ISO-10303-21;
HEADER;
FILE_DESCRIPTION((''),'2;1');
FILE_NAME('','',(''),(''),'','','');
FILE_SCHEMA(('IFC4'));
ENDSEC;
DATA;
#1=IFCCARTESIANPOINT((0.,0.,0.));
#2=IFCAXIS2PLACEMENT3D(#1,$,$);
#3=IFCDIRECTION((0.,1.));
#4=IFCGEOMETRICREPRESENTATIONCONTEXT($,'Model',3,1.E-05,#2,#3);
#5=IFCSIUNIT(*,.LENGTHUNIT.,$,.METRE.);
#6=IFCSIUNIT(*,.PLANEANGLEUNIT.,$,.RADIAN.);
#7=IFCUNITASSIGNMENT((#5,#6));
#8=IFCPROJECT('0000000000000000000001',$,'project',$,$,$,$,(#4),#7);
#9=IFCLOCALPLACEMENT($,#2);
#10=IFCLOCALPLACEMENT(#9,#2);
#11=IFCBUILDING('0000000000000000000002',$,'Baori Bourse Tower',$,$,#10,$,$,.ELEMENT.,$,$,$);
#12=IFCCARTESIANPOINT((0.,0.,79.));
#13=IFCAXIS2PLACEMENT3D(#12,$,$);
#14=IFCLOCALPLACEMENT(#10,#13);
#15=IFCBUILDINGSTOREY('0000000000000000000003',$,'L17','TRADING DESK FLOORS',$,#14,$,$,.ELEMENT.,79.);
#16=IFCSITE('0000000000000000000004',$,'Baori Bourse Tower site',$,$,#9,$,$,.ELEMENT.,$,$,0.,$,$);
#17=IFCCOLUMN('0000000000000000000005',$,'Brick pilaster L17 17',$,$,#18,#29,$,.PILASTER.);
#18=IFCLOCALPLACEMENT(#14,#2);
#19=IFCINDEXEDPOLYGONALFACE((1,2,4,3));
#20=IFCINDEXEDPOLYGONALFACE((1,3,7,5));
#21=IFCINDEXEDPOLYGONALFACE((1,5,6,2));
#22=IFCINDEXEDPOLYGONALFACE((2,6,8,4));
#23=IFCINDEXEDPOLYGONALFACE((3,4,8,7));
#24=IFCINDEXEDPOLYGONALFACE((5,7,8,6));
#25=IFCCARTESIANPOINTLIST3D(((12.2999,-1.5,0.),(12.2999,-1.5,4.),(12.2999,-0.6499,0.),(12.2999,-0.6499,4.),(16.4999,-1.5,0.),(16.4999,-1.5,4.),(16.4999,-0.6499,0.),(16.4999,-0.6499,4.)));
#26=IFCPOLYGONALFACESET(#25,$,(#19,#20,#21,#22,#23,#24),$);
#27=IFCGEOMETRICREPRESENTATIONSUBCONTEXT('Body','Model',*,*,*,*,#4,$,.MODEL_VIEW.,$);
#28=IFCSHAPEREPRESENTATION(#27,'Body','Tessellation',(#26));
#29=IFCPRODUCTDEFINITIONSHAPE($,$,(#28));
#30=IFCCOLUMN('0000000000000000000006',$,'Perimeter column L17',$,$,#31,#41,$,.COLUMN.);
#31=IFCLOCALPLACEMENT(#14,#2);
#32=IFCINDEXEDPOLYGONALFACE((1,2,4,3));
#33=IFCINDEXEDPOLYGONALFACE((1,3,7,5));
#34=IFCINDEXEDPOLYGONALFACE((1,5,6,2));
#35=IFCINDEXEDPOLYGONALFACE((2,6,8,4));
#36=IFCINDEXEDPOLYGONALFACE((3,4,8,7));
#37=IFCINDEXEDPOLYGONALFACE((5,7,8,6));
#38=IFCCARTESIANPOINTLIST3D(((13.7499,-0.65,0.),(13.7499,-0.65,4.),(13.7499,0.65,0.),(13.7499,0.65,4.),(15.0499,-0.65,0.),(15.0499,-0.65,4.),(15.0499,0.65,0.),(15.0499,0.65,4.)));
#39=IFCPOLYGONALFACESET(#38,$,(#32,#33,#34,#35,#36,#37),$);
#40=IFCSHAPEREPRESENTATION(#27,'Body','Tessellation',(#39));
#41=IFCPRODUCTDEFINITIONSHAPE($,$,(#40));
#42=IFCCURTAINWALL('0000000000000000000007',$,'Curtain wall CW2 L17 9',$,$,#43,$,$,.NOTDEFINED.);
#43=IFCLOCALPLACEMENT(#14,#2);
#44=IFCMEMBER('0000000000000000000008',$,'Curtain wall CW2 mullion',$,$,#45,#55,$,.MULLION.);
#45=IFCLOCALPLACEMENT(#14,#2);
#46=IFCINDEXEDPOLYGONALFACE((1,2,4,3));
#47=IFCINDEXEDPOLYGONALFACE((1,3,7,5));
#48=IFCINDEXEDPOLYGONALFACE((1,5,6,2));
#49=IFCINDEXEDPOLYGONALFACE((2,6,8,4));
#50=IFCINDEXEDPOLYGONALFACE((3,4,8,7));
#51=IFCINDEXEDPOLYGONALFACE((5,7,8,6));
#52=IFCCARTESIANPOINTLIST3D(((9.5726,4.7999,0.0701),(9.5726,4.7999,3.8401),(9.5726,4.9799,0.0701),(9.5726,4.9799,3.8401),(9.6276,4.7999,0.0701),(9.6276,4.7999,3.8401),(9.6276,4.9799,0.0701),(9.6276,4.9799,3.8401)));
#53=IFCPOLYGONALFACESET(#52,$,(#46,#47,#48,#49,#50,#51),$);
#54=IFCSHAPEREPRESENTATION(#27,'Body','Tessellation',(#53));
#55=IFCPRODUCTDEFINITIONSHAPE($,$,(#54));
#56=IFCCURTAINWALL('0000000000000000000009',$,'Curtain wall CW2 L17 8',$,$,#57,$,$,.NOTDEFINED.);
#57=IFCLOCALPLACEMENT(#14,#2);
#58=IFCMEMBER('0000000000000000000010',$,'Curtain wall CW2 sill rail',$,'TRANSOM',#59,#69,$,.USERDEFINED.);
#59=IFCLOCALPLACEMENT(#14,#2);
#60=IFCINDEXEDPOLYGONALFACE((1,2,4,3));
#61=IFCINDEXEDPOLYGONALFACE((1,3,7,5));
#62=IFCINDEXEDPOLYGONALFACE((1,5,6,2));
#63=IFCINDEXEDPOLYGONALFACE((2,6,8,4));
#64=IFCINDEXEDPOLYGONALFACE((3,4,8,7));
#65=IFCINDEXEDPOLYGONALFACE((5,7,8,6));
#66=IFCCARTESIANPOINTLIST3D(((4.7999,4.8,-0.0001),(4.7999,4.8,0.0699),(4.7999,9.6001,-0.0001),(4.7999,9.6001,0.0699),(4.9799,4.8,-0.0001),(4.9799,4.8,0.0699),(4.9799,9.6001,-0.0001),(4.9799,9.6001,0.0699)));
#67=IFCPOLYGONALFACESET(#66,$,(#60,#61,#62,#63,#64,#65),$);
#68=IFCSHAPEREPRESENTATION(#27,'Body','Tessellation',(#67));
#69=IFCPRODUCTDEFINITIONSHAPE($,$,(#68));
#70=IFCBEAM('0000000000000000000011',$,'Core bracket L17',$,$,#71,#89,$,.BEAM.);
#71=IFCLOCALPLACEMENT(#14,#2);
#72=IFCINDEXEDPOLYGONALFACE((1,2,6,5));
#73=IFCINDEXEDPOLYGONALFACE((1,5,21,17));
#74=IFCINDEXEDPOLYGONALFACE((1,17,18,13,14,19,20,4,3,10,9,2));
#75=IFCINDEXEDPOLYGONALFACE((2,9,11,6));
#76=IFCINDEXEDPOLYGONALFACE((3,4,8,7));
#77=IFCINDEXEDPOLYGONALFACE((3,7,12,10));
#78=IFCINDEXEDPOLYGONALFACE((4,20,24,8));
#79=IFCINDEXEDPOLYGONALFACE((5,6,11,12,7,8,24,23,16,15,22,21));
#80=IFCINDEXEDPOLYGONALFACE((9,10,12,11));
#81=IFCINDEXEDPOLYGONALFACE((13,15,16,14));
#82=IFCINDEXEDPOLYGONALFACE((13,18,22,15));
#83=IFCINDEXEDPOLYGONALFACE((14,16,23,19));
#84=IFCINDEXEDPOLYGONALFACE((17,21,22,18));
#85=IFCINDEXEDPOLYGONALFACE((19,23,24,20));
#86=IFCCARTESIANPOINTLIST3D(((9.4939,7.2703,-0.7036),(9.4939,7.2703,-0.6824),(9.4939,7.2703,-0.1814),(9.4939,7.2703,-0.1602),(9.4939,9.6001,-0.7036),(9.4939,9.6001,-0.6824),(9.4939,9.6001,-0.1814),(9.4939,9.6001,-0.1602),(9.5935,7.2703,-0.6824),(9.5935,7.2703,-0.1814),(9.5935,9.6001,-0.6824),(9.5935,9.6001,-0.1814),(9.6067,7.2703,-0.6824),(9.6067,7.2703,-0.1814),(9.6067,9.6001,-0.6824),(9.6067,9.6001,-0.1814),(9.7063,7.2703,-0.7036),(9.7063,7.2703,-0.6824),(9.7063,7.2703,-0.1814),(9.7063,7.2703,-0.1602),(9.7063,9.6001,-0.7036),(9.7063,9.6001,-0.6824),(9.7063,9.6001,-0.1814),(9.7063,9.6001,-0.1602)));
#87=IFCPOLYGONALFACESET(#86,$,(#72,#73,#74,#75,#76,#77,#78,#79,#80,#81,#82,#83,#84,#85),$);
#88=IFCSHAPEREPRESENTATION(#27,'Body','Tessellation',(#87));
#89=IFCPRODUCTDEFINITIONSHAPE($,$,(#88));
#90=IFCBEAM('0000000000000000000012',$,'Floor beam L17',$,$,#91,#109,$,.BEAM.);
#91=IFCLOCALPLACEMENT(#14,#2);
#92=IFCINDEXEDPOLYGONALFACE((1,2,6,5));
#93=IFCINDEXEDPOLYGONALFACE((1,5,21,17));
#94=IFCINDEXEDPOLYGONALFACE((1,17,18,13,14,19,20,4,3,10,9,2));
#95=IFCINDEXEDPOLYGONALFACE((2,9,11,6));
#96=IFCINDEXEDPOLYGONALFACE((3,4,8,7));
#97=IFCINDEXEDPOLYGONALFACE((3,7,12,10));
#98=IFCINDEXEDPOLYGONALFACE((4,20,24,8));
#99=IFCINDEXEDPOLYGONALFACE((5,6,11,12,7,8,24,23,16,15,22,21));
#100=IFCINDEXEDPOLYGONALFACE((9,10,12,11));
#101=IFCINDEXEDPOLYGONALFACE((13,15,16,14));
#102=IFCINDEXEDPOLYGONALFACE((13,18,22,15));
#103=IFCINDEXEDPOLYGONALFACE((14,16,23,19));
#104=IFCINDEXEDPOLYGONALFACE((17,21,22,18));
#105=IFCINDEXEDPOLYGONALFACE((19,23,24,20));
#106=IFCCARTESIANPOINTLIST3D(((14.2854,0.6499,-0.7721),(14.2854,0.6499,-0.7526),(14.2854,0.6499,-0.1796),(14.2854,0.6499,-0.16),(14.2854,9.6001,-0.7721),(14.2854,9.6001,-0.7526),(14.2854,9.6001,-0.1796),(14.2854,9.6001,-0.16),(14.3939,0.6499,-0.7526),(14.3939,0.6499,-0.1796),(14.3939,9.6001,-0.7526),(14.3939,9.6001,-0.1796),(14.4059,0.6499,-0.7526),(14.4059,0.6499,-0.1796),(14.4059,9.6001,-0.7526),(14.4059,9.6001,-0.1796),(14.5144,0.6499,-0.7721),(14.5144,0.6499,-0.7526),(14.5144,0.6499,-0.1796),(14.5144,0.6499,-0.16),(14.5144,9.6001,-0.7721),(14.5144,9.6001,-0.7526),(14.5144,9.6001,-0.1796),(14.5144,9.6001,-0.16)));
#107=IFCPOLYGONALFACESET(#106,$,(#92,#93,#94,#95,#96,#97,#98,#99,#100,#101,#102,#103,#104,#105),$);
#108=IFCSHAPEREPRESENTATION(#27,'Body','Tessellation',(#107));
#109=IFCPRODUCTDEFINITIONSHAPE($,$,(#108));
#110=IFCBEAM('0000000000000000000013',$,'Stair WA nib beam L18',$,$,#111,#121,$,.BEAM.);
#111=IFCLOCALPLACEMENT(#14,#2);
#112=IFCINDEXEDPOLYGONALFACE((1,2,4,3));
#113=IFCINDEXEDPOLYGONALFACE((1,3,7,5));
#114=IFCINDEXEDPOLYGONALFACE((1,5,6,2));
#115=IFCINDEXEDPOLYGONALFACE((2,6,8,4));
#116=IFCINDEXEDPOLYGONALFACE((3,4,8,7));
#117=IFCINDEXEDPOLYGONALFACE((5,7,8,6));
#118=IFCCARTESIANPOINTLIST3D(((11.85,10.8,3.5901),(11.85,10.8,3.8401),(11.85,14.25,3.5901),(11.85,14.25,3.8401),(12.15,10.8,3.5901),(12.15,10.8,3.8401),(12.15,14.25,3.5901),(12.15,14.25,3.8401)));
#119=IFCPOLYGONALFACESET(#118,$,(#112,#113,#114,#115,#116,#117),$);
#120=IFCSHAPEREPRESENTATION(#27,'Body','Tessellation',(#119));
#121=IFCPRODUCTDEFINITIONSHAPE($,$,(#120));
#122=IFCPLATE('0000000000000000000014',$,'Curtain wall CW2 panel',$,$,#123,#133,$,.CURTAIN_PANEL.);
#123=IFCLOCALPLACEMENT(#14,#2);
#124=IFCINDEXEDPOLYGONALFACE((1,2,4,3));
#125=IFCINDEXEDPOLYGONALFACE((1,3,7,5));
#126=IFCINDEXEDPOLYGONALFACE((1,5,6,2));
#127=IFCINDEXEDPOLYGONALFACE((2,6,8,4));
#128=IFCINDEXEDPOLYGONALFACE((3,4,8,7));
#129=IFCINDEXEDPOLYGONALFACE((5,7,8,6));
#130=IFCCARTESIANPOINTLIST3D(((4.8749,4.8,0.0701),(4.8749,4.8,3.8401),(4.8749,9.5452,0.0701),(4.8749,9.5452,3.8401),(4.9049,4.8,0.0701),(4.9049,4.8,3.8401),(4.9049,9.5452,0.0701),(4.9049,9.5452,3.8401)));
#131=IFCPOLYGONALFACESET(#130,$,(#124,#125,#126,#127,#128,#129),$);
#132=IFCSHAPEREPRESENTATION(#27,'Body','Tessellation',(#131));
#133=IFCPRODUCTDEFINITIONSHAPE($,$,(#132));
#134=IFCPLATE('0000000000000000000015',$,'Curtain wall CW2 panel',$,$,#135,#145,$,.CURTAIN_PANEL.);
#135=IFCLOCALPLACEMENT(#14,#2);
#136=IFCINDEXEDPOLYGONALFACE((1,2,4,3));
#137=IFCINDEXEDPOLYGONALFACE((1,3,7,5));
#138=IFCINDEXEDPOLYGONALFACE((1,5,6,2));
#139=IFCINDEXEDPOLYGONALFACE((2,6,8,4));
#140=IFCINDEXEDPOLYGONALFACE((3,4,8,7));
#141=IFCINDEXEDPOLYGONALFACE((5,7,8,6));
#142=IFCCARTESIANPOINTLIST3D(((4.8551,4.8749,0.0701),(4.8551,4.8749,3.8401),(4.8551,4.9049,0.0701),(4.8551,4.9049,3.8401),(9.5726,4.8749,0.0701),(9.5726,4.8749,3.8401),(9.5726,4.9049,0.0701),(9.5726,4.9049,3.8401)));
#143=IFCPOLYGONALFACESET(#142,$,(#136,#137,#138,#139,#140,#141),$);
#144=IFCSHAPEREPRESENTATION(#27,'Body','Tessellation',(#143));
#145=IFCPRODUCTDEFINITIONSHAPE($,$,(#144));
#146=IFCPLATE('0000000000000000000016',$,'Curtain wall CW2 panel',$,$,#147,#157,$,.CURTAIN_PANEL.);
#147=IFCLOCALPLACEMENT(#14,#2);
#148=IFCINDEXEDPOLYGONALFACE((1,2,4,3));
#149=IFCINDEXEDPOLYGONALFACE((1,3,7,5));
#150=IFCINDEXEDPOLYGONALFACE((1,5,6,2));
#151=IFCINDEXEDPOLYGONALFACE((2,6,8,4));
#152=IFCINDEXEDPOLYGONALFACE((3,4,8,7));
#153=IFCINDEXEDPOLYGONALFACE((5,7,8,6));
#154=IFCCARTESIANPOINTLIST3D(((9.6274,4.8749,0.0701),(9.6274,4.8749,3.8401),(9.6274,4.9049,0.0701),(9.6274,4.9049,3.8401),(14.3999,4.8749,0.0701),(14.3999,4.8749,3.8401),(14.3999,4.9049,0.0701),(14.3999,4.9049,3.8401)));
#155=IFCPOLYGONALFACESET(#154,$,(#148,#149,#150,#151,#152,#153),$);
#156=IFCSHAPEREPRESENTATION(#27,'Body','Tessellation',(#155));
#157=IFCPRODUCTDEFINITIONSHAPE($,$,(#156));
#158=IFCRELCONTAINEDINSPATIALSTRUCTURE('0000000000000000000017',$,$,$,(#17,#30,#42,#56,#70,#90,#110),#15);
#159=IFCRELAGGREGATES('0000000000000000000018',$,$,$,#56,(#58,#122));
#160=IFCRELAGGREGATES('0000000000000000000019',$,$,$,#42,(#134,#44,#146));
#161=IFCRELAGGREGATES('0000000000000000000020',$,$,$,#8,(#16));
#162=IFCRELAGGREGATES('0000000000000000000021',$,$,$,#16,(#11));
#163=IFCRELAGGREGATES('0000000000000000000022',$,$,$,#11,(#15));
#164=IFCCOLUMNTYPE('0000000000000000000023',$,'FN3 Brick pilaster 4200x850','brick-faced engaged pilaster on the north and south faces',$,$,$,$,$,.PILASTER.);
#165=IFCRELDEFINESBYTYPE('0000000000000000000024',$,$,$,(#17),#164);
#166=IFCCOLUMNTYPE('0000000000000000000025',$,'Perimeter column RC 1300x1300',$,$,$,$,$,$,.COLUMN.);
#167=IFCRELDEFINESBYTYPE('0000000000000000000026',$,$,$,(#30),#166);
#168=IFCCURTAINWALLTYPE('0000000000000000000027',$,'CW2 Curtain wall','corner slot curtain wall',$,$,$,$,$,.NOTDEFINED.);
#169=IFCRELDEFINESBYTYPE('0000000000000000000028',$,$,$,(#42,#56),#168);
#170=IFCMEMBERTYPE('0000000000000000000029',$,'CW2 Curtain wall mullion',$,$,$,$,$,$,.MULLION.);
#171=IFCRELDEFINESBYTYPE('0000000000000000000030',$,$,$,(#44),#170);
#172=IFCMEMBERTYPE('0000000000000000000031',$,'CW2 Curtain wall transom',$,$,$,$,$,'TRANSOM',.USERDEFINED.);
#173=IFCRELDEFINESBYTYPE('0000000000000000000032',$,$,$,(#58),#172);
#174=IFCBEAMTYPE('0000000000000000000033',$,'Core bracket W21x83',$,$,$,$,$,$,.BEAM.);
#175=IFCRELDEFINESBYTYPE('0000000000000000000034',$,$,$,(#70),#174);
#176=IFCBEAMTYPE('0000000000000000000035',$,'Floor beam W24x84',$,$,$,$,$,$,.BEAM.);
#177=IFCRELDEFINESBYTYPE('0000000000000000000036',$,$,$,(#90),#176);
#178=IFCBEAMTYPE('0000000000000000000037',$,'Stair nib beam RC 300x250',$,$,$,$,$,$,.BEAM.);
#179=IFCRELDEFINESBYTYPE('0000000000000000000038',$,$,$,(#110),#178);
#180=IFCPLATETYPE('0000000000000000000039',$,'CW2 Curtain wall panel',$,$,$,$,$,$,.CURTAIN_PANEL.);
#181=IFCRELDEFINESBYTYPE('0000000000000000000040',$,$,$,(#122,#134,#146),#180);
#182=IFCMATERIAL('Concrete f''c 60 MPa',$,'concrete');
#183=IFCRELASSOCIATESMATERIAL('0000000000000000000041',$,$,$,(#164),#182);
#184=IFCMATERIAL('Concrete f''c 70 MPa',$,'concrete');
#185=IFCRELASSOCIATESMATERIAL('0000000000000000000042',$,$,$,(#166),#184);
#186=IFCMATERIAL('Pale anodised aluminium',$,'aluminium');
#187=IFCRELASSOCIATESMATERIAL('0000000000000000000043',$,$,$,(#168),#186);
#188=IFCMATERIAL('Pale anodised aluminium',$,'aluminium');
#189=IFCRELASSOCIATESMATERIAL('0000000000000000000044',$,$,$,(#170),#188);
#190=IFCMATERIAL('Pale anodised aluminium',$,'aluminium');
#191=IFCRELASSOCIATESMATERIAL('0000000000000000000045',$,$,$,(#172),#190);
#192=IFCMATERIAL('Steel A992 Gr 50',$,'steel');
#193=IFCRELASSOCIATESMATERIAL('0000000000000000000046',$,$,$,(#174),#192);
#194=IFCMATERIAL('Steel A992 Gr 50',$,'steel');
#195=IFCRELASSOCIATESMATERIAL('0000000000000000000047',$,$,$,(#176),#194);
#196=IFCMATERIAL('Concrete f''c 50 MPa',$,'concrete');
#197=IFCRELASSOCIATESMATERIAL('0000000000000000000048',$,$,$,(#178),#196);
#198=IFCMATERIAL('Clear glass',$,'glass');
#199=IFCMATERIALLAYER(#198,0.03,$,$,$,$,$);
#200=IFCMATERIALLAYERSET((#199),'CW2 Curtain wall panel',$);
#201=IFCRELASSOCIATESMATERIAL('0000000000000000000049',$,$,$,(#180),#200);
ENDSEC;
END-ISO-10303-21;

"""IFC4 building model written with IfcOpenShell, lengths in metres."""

from ifc_helpers import new_model, si_unit, direction, frame, origin, origin_2d, place, context, subcontext, project, spatial, rectangle, i_section, extrude, material, layer, layer_set, material_profile, profile_set, type_object, element, aggregate, save


model = new_model("IFC4")

# Units and contexts
model_context = context("Model", 3, precision=1e-05, world=origin(), true_north=direction((0.0, 1.0)))
body_context = subcontext(model_context, "Body", "Model", "MODEL_VIEW")
ifc_project = project(units=[si_unit("LENGTHUNIT", "METRE"), si_unit("PLANEANGLEUNIT", "RADIAN")], contexts=[model_context])

# Site, building, storey
site_placement = place(None, origin())
site = spatial("IfcSite", under=ifc_project, at=site_placement, Name="Baori Bourse Tower site", CompositionType="ELEMENT", RefElevation=0.0)
building_placement = place(site_placement, origin())
building = spatial("IfcBuilding", under=site, at=building_placement, Name="Baori Bourse Tower", CompositionType="ELEMENT")
storey_placement = place(building_placement, frame((0.0, 0.0, 79.0)))
storey = spatial("IfcBuildingStorey", under=building, at=storey_placement, Name="L17", Description="TRADING DESK FLOORS", CompositionType="ELEMENT", Elevation=79.0)

# Columns
ifc_material_1 = material(Name="Concrete f'c 60 MPa", Category="concrete")
ifc_material_profile_1 = material_profile(ifc_material_1, rectangle(XDim=4.2, YDim=0.8501, at=origin_2d()), Name="RC 4200x850")
ifc_profile_set_1 = profile_set([ifc_material_profile_1], Name="Concrete f'c 60 MPa")
column_type_1 = type_object("IfcColumnType", Name="FN3 Brick pilaster 4200x850", Description="brick-faced engaged pilaster on the north and south faces", PredefinedType="PILASTER", material=ifc_profile_set_1)
column_1_placement = place(storey_placement, frame((14.3999, -1.075, 0.0), z_axis=(0.0, 0.0, 1.0), x_axis=(1.0, 0.0, 0.0)))
element("IfcColumn", 1, at=column_1_placement, inside=storey, type_object=column_type_1, Name="Brick pilaster L17 17", PredefinedType="PILASTER", context=body_context, shape_type="SweptSolid", body=[
    extrude(rectangle(XDim=4.2, YDim=0.8501, at=origin_2d()), origin(), (0.0, 0.0, 1.0), 4.0),
])
ifc_material_2 = material(Name="Concrete f'c 70 MPa", Category="concrete")
ifc_material_profile_2 = material_profile(ifc_material_2, rectangle(XDim=1.3, YDim=1.3, at=origin_2d()), Name="RC 1300x1300")
ifc_profile_set_2 = profile_set([ifc_material_profile_2], Name="Concrete f'c 70 MPa")
column_type_2 = type_object("IfcColumnType", Name="Perimeter column RC 1300x1300", PredefinedType="COLUMN", material=ifc_profile_set_2)
column_2_placement = place(storey_placement, frame((14.3999, 0.0, 0.0), z_axis=(0.0, 0.0, 1.0), x_axis=(1.0, 0.0, 0.0)))
element("IfcColumn", 2, at=column_2_placement, inside=storey, type_object=column_type_2, Name="Perimeter column L17", PredefinedType="COLUMN", context=body_context, shape_type="SweptSolid", body=[
    extrude(rectangle(XDim=1.3, YDim=1.3, at=origin_2d()), origin(), (0.0, 0.0, 1.0), 4.0),
])

# Curtain walls, members
ifc_material_3 = material(Name="Pale anodised aluminium", Category="aluminium")
curtain_wall_type = type_object("IfcCurtainWallType", Name="CW2 Curtain wall", Description="corner slot curtain wall", PredefinedType="NOTDEFINED", material=ifc_material_3)
curtain_wall_1_placement = place(storey_placement, origin())
curtain_wall_1 = element("IfcCurtainWall", 3, at=curtain_wall_1_placement, inside=storey, type_object=curtain_wall_type, Name="Curtain wall CW2 L17 9", PredefinedType="NOTDEFINED")
ifc_material_4 = material(Name="Pale anodised aluminium", Category="aluminium")
ifc_material_profile_3 = material_profile(ifc_material_4, rectangle(XDim=0.1799, YDim=0.0549, at=origin_2d()), Name="Mullion 55x180")
ifc_profile_set_3 = profile_set([ifc_material_profile_3], Name="Pale anodised aluminium")
member_type_1 = type_object("IfcMemberType", Name="CW2 Curtain wall mullion", PredefinedType="MULLION", material=ifc_profile_set_3)
member_1_placement = place(storey_placement, frame((9.6001, 4.8899, 0.0701), z_axis=(0.0, 0.0, 1.0), x_axis=(0.0, 1.0, 0.0)))
member_1 = element("IfcMember", 4, at=member_1_placement, type_object=member_type_1, Name="Curtain wall CW2 mullion", PredefinedType="MULLION", context=body_context, shape_type="SweptSolid", body=[
    extrude(rectangle(XDim=0.1799, YDim=0.0549, at=origin_2d()), origin(), (0.0, 0.0, 1.0), 3.77),
])
curtain_wall_2_placement = place(storey_placement, origin())
curtain_wall_2 = element("IfcCurtainWall", 5, at=curtain_wall_2_placement, inside=storey, type_object=curtain_wall_type, Name="Curtain wall CW2 L17 8", PredefinedType="NOTDEFINED")
ifc_material_5 = material(Name="Pale anodised aluminium", Category="aluminium")
ifc_material_profile_4 = material_profile(ifc_material_5, rectangle(XDim=0.1799, YDim=0.0701, at=origin_2d()), Name="Transom 70x180")
ifc_profile_set_4 = profile_set([ifc_material_profile_4], Name="Pale anodised aluminium")
member_type_2 = type_object("IfcMemberType", Name="CW2 Curtain wall transom", ElementType="TRANSOM", PredefinedType="USERDEFINED", material=ifc_profile_set_4)
member_2_placement = place(storey_placement, frame((4.8899, 9.6001, 0.0349), z_axis=(0.0, -1.0, 0.0), x_axis=(1.0, 0.0, 0.0)))
member_2 = element("IfcMember", 6, at=member_2_placement, type_object=member_type_2, Name="Curtain wall CW2 sill rail", ObjectType="TRANSOM", PredefinedType="USERDEFINED", context=body_context, shape_type="SweptSolid", body=[
    extrude(rectangle(XDim=0.1799, YDim=0.0701, at=origin_2d()), origin(), (0.0, 0.0, 1.0), 4.8),
])

# Beams
ifc_material_6 = material(Name="Steel A992 Gr 50", Category="steel")
ifc_material_profile_5 = material_profile(ifc_material_6, i_section(OverallWidth=0.2124, OverallDepth=0.5435, WebThickness=0.0132, FlangeThickness=0.0212, at=origin_2d()), Name="W21x83")
ifc_profile_set_5 = profile_set([ifc_material_profile_5], Name="Steel A992 Gr 50")
beam_type_1 = type_object("IfcBeamType", Name="Core bracket W21x83", PredefinedType="BEAM", material=ifc_profile_set_5)
beam_1_placement = place(storey_placement, frame((9.6001, 7.2703, -0.4319), z_axis=(0.0, 1.0, 0.0), x_axis=(-1.0, 0.0, 0.0)))
element("IfcBeam", 7, at=beam_1_placement, inside=storey, type_object=beam_type_1, Name="Core bracket L17", PredefinedType="BEAM", context=body_context, shape_type="SweptSolid", body=[
    extrude(i_section(OverallWidth=0.2124, OverallDepth=0.5435, WebThickness=0.0132, FlangeThickness=0.0212, at=origin_2d()), origin(), (0.0, 0.0, 1.0), 2.3298),
])
ifc_material_7 = material(Name="Steel A992 Gr 50", Category="steel")
ifc_material_profile_6 = material_profile(ifc_material_7, i_section(OverallWidth=0.229, OverallDepth=0.6121, WebThickness=0.012, FlangeThickness=0.0195, at=origin_2d()), Name="W24x84")
ifc_profile_set_6 = profile_set([ifc_material_profile_6], Name="Steel A992 Gr 50")
beam_type_2 = type_object("IfcBeamType", Name="Floor beam W24x84", PredefinedType="BEAM", material=ifc_profile_set_6)
beam_2_placement = place(storey_placement, frame((14.3999, 0.6499, -0.4661), z_axis=(0.0, 1.0, 0.0), x_axis=(-1.0, 0.0, 0.0)))
element("IfcBeam", 8, at=beam_2_placement, inside=storey, type_object=beam_type_2, Name="Floor beam L17", PredefinedType="BEAM", context=body_context, shape_type="SweptSolid", body=[
    extrude(i_section(OverallWidth=0.229, OverallDepth=0.6121, WebThickness=0.012, FlangeThickness=0.0195, at=origin_2d()), origin(), (0.0, 0.0, 1.0), 8.9502),
])
ifc_material_8 = material(Name="Concrete f'c 50 MPa", Category="concrete")
ifc_material_profile_7 = material_profile(ifc_material_8, rectangle(XDim=0.3, YDim=0.25, at=origin_2d()), Name="RC 300x250")
ifc_profile_set_7 = profile_set([ifc_material_profile_7], Name="Concrete f'c 50 MPa")
beam_type_3 = type_object("IfcBeamType", Name="Stair nib beam RC 300x250", PredefinedType="BEAM", material=ifc_profile_set_7)
beam_3_placement = place(storey_placement, frame((12.0, 10.8, 3.7151), z_axis=(0.0, 1.0, 0.0), x_axis=(-1.0, 0.0, 0.0)))
element("IfcBeam", 9, at=beam_3_placement, inside=storey, type_object=beam_type_3, Name="Stair WA nib beam L18", PredefinedType="BEAM", context=body_context, shape_type="SweptSolid", body=[
    extrude(rectangle(XDim=0.3, YDim=0.25, at=origin_2d()), origin(), (0.0, 0.0, 1.0), 3.45),
])

# Plates
ifc_material_9 = material(Name="Clear glass", Category="glass")
ifc_layer_1 = layer(ifc_material_9, 0.03)
ifc_layer_set_1 = layer_set([ifc_layer_1], Name="CW2 Curtain wall panel")
plate_type = type_object("IfcPlateType", Name="CW2 Curtain wall panel", PredefinedType="CURTAIN_PANEL", material=ifc_layer_set_1)
plate_1_placement = place(storey_placement, frame((4.8899, 7.1726, 0.0701), z_axis=(0.0, 0.0, 1.0), x_axis=(0.0, -1.0, 0.0)))
plate_1 = element("IfcPlate", 10, at=plate_1_placement, type_object=plate_type, Name="Curtain wall CW2 panel", PredefinedType="CURTAIN_PANEL", context=body_context, shape_type="SweptSolid", body=[
    extrude(rectangle(XDim=4.7451, YDim=0.03, at=origin_2d()), origin(), (0.0, 0.0, 1.0), 3.77),
])
aggregate(curtain_wall_2, [member_2, plate_1])
plate_2_placement = place(storey_placement, frame((7.2139, 4.8899, 0.0701), z_axis=(0.0, 0.0, 1.0), x_axis=(1.0, 0.0, 0.0)))
plate_2 = element("IfcPlate", 11, at=plate_2_placement, type_object=plate_type, Name="Curtain wall CW2 panel", PredefinedType="CURTAIN_PANEL", context=body_context, shape_type="SweptSolid", body=[
    extrude(rectangle(XDim=4.7175, YDim=0.03, at=origin_2d()), origin(), (0.0, 0.0, 1.0), 3.77),
])
plate_3_placement = place(storey_placement, frame((12.0137, 4.8899, 0.0701), z_axis=(0.0, 0.0, 1.0), x_axis=(1.0, 0.0, 0.0)))
plate_3 = element("IfcPlate", 12, at=plate_3_placement, type_object=plate_type, Name="Curtain wall CW2 panel", PredefinedType="CURTAIN_PANEL", context=body_context, shape_type="SweptSolid", body=[
    extrude(rectangle(XDim=4.7725, YDim=0.03, at=origin_2d()), origin(), (0.0, 0.0, 1.0), 3.77),
])
aggregate(curtain_wall_1, [plate_2, member_1, plate_3])

save(model, "model.ifc")
